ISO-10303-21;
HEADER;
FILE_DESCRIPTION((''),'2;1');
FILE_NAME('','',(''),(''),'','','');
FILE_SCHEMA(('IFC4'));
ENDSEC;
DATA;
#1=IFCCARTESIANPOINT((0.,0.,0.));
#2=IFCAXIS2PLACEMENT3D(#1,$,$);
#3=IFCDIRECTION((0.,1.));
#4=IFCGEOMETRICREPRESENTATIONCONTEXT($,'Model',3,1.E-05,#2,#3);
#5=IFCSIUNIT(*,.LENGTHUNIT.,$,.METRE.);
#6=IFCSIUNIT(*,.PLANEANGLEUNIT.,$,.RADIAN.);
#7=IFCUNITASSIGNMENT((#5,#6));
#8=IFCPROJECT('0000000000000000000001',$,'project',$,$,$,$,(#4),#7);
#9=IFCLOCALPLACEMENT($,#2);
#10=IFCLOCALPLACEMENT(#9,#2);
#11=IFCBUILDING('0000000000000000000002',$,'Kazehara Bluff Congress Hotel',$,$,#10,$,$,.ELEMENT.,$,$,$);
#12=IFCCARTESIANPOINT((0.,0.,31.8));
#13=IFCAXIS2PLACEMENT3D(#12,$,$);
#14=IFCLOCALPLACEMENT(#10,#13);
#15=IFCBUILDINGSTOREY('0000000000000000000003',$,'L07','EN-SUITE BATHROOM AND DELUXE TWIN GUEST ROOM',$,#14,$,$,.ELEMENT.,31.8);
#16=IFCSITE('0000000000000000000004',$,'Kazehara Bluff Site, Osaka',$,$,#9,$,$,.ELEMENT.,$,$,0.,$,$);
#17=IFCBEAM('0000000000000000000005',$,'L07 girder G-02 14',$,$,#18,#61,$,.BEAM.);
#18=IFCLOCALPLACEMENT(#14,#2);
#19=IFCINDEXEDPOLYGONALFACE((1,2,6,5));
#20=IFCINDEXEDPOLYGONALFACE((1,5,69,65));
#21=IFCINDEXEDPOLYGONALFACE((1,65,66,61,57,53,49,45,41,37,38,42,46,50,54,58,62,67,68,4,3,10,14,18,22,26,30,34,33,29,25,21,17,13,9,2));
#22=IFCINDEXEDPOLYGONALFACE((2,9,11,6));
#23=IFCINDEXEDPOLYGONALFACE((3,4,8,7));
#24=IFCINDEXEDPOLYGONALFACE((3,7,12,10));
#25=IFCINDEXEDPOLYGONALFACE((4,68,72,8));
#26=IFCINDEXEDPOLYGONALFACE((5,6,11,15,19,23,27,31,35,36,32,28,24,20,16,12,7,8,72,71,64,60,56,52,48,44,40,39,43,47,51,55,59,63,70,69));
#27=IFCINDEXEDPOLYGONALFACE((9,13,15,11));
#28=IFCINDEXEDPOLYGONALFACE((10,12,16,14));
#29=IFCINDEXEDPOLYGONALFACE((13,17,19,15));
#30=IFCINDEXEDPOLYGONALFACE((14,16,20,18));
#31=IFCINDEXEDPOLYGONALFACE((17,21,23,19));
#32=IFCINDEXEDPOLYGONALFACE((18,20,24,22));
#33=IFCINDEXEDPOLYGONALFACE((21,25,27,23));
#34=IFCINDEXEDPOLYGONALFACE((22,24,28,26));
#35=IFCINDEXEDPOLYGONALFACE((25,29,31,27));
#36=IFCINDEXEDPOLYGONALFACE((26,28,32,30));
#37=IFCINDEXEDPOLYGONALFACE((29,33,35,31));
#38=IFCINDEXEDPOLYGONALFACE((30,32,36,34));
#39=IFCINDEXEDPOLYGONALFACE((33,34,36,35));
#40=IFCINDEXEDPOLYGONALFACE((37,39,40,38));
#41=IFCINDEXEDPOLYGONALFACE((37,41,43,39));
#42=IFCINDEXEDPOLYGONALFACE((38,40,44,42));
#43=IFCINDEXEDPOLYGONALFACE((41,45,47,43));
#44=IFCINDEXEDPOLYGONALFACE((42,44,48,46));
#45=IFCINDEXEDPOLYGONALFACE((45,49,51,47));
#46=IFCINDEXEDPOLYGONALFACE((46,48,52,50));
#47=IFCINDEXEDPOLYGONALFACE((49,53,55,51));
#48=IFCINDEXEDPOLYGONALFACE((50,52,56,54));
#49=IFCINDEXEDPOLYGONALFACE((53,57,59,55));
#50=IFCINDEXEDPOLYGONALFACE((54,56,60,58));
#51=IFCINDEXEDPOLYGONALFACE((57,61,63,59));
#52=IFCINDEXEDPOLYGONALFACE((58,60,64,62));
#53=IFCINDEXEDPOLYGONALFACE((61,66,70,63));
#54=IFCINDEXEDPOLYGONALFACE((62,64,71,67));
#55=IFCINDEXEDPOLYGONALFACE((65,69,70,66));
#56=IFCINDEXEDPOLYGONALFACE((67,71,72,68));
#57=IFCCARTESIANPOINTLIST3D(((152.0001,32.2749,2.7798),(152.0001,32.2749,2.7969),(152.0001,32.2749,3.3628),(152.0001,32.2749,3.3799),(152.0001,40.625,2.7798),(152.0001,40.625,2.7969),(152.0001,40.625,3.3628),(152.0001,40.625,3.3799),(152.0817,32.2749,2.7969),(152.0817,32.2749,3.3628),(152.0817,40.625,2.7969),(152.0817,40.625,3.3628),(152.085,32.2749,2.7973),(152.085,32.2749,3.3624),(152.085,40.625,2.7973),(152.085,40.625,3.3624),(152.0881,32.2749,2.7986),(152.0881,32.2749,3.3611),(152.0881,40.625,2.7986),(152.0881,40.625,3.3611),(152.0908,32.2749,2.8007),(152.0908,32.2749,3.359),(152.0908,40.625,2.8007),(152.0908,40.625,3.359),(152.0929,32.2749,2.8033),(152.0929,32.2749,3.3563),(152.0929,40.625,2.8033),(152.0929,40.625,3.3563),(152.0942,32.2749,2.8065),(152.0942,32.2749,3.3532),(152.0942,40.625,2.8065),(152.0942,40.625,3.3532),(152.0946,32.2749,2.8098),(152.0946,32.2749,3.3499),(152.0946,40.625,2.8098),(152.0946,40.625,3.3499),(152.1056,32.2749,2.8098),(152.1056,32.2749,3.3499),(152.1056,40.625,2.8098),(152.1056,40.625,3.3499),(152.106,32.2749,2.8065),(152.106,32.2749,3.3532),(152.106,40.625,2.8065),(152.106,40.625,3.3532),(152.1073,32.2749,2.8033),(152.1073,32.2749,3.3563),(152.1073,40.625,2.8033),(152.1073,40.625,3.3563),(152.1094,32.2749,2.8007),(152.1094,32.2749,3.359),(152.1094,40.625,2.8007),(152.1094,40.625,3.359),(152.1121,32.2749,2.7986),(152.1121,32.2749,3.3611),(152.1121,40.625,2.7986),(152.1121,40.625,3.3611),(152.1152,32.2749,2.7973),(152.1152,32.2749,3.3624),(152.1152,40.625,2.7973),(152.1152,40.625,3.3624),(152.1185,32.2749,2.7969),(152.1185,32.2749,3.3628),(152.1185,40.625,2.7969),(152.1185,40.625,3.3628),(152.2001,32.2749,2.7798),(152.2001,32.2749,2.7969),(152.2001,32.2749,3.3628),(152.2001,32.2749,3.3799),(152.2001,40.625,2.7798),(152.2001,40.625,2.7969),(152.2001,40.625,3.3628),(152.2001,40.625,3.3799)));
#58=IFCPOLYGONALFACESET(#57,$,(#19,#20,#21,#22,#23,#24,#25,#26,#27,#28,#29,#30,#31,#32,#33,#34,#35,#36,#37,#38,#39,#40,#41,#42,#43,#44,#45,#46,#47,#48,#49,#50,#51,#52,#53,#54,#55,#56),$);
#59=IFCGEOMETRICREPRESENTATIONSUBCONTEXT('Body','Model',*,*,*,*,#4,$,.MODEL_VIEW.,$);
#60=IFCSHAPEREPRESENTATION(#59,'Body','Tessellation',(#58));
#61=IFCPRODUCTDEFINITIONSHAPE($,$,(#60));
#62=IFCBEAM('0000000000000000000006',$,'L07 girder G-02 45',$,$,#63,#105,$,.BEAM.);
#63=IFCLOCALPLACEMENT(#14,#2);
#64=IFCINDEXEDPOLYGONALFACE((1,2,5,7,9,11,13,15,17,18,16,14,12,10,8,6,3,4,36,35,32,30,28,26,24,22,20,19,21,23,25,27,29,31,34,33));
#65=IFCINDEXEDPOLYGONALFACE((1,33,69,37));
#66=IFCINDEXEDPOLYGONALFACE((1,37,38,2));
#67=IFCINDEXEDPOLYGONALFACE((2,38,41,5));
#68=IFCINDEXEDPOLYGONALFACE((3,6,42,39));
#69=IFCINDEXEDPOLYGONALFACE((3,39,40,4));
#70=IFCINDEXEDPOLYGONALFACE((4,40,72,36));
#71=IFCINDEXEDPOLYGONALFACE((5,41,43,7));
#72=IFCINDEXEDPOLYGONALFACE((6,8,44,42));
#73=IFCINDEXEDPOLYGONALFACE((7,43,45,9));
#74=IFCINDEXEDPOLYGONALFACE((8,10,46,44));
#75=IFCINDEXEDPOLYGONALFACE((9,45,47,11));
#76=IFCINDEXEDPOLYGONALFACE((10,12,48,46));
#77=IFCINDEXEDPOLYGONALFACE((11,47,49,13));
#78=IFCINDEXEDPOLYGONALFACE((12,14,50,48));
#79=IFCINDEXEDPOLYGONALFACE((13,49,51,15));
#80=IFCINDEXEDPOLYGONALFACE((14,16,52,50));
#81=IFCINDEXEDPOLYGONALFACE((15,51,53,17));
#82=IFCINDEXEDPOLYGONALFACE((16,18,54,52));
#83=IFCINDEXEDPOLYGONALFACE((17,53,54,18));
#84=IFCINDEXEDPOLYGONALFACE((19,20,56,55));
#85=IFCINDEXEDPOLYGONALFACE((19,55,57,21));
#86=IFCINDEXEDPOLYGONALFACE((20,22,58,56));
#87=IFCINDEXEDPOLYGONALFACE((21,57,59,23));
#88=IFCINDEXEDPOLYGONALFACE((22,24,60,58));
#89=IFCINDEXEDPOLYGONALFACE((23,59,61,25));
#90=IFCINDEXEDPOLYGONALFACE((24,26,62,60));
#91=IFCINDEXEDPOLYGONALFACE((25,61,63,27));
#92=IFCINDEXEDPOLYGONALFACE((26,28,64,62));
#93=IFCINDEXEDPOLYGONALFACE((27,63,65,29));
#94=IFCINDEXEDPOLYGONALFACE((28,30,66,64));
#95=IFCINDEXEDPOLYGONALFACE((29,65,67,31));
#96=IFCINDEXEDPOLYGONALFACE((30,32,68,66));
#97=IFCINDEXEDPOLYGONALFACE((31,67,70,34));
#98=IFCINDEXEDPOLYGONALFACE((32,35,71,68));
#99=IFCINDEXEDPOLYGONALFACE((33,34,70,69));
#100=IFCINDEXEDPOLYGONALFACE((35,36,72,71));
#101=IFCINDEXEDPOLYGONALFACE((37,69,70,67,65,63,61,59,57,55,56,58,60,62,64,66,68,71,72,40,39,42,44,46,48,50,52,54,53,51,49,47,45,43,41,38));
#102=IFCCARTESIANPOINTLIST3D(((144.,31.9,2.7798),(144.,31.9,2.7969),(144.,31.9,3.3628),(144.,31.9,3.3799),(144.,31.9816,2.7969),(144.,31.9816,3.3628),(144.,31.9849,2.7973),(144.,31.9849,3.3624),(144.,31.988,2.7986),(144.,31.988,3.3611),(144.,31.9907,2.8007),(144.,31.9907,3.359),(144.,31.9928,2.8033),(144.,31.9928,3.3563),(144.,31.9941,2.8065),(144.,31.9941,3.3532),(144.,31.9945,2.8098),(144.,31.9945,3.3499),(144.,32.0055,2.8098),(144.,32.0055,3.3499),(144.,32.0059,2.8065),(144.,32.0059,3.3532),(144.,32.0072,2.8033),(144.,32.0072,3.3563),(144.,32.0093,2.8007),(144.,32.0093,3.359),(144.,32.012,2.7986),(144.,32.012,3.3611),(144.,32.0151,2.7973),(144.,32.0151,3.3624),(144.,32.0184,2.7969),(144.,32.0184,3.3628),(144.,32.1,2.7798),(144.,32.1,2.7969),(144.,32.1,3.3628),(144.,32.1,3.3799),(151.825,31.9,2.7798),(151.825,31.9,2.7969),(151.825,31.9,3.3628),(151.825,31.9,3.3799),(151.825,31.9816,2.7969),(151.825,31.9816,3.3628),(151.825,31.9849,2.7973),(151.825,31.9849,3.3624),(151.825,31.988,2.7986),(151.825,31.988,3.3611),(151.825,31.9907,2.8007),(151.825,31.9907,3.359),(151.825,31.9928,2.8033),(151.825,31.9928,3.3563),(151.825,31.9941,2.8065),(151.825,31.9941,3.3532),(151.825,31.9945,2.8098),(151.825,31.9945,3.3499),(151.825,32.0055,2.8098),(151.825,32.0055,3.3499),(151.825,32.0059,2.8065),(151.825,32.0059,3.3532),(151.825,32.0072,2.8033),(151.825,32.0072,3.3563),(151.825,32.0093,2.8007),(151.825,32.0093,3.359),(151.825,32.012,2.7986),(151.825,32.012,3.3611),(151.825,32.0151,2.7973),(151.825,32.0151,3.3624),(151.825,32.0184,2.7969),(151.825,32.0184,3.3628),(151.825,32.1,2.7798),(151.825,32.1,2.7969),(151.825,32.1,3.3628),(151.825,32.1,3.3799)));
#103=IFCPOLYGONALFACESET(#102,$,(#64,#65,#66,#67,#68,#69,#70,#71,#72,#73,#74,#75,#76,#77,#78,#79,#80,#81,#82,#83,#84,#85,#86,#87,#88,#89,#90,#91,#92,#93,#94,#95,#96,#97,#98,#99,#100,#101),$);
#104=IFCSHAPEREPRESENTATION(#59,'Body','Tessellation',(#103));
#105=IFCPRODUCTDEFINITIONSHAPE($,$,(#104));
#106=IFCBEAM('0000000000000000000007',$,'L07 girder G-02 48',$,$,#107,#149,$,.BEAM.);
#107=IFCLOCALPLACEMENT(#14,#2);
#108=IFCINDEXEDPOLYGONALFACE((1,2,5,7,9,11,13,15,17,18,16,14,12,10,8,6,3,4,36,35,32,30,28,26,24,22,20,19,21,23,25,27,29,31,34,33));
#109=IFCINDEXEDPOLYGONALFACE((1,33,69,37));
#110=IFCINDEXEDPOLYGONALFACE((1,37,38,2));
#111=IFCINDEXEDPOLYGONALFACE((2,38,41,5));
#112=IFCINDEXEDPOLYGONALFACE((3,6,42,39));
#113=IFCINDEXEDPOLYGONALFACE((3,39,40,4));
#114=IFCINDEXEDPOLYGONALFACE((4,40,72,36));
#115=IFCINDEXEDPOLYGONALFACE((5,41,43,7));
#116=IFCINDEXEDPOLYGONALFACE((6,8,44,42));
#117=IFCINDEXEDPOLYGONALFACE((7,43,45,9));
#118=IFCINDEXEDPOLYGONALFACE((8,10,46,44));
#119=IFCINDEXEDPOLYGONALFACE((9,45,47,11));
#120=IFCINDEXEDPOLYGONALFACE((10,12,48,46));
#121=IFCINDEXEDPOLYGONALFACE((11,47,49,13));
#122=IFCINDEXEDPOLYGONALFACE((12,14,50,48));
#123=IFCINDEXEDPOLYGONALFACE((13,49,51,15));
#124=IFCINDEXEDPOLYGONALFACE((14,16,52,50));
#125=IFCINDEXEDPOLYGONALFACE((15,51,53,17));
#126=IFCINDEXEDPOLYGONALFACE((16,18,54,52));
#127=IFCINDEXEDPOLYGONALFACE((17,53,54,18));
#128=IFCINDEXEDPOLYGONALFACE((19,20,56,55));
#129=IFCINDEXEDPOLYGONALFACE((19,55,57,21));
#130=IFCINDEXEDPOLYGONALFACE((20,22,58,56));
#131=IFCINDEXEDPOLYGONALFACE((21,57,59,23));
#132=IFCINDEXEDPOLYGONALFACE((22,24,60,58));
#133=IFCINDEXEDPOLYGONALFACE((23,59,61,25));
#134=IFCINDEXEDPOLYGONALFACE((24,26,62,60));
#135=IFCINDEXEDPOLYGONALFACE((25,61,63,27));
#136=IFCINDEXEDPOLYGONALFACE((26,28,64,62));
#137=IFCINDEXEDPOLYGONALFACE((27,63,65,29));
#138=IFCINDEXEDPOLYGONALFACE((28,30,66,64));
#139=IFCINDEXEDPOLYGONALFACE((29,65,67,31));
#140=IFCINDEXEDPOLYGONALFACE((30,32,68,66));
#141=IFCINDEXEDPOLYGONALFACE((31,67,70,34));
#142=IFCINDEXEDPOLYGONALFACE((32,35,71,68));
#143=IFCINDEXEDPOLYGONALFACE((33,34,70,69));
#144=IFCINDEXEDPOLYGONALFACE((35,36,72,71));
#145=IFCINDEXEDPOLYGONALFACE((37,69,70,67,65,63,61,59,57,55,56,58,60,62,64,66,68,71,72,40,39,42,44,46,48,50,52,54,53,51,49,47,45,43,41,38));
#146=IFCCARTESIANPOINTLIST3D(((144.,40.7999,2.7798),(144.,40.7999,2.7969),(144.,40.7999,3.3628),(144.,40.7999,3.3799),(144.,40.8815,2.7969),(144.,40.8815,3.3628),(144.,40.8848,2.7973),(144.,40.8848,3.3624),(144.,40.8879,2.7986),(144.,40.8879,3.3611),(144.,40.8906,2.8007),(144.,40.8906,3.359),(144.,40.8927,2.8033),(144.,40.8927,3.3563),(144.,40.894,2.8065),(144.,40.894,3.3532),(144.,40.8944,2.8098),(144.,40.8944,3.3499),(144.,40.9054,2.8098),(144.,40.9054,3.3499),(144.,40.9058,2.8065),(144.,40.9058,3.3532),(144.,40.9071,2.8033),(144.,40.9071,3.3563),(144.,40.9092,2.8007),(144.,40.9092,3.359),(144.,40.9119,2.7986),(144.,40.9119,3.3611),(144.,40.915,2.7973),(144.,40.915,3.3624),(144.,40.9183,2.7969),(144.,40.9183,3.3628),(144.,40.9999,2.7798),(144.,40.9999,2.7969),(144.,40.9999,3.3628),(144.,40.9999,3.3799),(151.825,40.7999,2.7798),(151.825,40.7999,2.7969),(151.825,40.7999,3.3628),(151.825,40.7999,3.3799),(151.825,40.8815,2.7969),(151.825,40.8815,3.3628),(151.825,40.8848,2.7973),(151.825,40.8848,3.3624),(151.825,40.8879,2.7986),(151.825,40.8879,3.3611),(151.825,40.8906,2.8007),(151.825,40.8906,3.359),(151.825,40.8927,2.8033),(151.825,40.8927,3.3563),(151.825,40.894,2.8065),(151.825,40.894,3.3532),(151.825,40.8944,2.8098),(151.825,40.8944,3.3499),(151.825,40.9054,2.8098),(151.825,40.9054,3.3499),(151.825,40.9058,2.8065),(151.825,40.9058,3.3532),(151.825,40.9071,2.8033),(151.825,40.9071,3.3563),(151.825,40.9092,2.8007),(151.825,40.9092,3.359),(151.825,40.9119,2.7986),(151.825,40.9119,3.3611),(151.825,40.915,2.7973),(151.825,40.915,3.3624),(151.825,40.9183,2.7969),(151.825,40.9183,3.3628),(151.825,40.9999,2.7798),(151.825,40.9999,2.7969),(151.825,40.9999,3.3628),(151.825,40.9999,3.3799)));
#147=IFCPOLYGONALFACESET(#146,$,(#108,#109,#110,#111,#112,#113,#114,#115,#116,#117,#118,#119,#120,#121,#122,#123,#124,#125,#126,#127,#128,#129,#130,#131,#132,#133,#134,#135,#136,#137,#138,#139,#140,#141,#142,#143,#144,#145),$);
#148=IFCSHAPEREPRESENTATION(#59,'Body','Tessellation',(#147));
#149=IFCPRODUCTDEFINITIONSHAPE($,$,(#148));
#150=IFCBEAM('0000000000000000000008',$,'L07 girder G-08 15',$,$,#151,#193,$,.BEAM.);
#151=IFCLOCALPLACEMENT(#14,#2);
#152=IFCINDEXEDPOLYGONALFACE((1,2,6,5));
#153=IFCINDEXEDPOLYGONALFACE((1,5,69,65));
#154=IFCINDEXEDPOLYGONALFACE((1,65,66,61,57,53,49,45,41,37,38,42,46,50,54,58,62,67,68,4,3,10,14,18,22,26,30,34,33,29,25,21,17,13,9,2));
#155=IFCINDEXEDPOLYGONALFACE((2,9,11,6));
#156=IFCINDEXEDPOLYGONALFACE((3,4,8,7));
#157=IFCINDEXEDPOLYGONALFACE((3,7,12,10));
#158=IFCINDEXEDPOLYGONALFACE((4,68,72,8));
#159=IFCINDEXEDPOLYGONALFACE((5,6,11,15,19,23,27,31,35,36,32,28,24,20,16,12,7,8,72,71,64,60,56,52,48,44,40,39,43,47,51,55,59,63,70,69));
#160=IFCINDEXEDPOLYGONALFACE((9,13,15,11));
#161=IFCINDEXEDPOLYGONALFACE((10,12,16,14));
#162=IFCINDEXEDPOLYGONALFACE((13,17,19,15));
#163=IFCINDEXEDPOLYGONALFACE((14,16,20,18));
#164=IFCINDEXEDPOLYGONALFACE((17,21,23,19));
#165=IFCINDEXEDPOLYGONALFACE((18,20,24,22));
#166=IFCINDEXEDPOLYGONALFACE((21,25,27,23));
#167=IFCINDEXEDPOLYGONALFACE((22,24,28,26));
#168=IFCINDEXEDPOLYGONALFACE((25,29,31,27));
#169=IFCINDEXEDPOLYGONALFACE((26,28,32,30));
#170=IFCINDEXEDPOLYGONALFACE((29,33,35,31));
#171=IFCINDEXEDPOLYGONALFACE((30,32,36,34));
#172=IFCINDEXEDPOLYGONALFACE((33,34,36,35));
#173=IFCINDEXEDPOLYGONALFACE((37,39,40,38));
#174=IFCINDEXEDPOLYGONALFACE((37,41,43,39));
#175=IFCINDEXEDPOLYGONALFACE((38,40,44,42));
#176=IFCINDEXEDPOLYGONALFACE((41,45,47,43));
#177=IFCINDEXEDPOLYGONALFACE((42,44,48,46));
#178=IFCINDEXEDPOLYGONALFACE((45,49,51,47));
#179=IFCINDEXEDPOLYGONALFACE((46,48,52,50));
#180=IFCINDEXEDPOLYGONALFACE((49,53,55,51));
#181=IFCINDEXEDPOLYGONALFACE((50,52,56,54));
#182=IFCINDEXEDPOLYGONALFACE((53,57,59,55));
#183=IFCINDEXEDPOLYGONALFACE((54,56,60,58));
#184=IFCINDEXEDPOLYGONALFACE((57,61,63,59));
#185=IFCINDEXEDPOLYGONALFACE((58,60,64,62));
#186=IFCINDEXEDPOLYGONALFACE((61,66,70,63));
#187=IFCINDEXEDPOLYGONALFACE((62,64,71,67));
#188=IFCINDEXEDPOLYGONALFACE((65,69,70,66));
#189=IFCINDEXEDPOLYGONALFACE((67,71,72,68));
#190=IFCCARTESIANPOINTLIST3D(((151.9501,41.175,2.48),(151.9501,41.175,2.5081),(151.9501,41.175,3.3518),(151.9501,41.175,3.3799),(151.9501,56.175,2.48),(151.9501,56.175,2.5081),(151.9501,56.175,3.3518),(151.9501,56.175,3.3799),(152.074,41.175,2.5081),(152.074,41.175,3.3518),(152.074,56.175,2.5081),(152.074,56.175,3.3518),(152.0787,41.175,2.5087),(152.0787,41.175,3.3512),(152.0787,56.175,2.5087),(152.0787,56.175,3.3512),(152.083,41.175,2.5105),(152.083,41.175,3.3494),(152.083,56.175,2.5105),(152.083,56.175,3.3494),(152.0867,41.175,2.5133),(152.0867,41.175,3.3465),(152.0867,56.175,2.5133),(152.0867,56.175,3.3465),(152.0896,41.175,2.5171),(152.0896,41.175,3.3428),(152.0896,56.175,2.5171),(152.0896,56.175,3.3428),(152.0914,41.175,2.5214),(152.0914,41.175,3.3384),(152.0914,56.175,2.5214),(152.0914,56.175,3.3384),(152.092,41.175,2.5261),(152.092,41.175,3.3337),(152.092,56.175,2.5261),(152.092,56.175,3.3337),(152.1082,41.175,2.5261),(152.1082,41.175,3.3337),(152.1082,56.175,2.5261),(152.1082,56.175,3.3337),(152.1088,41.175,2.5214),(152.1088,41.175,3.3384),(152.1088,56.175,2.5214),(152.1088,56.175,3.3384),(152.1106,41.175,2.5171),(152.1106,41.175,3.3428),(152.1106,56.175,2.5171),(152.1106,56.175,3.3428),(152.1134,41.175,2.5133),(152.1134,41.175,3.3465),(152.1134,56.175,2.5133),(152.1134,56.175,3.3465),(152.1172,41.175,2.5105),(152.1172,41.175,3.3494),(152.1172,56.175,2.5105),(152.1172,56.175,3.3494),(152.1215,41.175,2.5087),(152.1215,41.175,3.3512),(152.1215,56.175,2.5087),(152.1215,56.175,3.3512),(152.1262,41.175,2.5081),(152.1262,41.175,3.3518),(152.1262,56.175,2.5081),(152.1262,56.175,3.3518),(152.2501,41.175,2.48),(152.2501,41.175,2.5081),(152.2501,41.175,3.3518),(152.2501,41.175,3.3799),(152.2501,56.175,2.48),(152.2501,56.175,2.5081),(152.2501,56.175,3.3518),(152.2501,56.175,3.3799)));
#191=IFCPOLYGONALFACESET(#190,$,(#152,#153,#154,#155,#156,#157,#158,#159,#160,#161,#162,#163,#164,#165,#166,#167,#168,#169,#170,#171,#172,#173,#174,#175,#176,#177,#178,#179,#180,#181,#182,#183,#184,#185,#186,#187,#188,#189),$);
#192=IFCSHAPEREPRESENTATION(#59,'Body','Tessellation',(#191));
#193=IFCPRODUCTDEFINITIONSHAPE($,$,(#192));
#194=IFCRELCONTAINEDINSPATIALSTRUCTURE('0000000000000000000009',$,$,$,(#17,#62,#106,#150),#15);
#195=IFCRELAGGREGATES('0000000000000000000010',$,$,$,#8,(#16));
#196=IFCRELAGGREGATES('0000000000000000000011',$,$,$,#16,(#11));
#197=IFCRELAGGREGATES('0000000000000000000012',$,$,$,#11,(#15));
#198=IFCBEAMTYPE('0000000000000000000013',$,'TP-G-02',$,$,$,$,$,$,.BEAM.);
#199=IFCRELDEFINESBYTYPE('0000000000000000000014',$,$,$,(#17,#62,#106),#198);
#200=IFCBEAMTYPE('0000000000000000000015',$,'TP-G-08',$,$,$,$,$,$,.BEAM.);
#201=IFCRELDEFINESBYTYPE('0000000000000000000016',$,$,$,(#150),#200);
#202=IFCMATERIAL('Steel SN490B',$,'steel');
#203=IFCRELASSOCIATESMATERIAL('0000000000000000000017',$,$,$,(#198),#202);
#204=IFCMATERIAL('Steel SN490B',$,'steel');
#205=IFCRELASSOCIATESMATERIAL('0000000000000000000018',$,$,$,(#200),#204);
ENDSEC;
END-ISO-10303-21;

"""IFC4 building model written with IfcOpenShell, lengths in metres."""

from ifc_helpers import new_model, si_unit, direction, frame, origin, origin_2d, place, context, subcontext, project, spatial, i_section, extrude, material, material_profile, profile_set, type_object, element, save


model = new_model("IFC4")

# Units and contexts
model_context = context("Model", 3, precision=1e-05, world=origin(), true_north=direction((0.0, 1.0)))
body_context = subcontext(model_context, "Body", "Model", "MODEL_VIEW")
ifc_project = project(units=[si_unit("LENGTHUNIT", "METRE"), si_unit("PLANEANGLEUNIT", "RADIAN")], contexts=[model_context])

# Site, building, storey
site_placement = place(None, origin())
site = spatial("IfcSite", under=ifc_project, at=site_placement, Name="Kazehara Bluff Site, Osaka", CompositionType="ELEMENT", RefElevation=0.0)
building_placement = place(site_placement, origin())
building = spatial("IfcBuilding", under=site, at=building_placement, Name="Kazehara Bluff Congress Hotel", CompositionType="ELEMENT")
storey_placement = place(building_placement, frame((0.0, 0.0, 31.8)))
storey = spatial("IfcBuildingStorey", under=building, at=storey_placement, Name="L07", Description="EN-SUITE BATHROOM AND DELUXE TWIN GUEST ROOM", CompositionType="ELEMENT", Elevation=31.8)

# Beams
ifc_material_1 = material(Name="Steel SN490B", Category="steel")
ifc_material_profile_1 = material_profile(ifc_material_1, i_section(OverallWidth=0.2, OverallDepth=0.6001, WebThickness=0.011, FlangeThickness=0.0171, FilletRadius=0.0129, at=origin_2d()))
ifc_profile_set_1 = profile_set([ifc_material_profile_1], Name="Steel SN490B")
beam_type_1 = type_object("IfcBeamType", Name="TP-G-02", PredefinedType="BEAM", material=ifc_profile_set_1)
beam_1_placement = place(storey_placement, frame((152.1001, 32.2749, 3.0798), z_axis=(0.0, 1.0, 0.0), x_axis=(-1.0, 0.0, 0.0)))
element("IfcBeam", 1, at=beam_1_placement, inside=storey, type_object=beam_type_1, Name="L07 girder G-02 14", PredefinedType="BEAM", context=body_context, shape_type="SweptSolid", body=[
    extrude(i_section(OverallWidth=0.2, OverallDepth=0.6001, WebThickness=0.011, FlangeThickness=0.0171, FilletRadius=0.0129, at=origin_2d()), origin(), (0.0, 0.0, 1.0), 8.3501),
])
for number, where, z_axis, x_axis, name in (
    (2, (144.0, 32.0, 3.0798), (1.0, 0.0, 0.0), (0.0, 1.0, 0.0), "L07 girder G-02 45"),
    (3, (144.0, 40.8999, 3.0798), (1.0, 0.0, 0.0), (0.0, 1.0, 0.0), "L07 girder G-02 48"),
):
    element("IfcBeam", number, at=place(storey_placement, frame(where, z_axis=z_axis, x_axis=x_axis)), inside=storey, type_object=beam_type_1, Name=name, PredefinedType="BEAM", context=body_context, shape_type="SweptSolid", body=[
        extrude(i_section(OverallWidth=0.2, OverallDepth=0.6001, WebThickness=0.011, FlangeThickness=0.0171, FilletRadius=0.0129, at=origin_2d()), origin(), (0.0, 0.0, 1.0), 7.825),
    ])
ifc_material_2 = material(Name="Steel SN490B", Category="steel")
ifc_material_profile_2 = material_profile(ifc_material_2, i_section(OverallWidth=0.3, OverallDepth=0.8999, WebThickness=0.0161, FlangeThickness=0.0281, FilletRadius=0.0181, at=origin_2d()))
ifc_profile_set_2 = profile_set([ifc_material_profile_2], Name="Steel SN490B")
beam_type_2 = type_object("IfcBeamType", Name="TP-G-08", PredefinedType="BEAM", material=ifc_profile_set_2)
beam_2_placement = place(storey_placement, frame((152.1001, 41.175, 2.9299), z_axis=(0.0, 1.0, 0.0), x_axis=(-1.0, 0.0, 0.0)))
element("IfcBeam", 4, at=beam_2_placement, inside=storey, type_object=beam_type_2, Name="L07 girder G-08 15", PredefinedType="BEAM", context=body_context, shape_type="SweptSolid", body=[
    extrude(i_section(OverallWidth=0.3, OverallDepth=0.8999, WebThickness=0.0161, FlangeThickness=0.0281, FilletRadius=0.0181, at=origin_2d()), origin(), (0.0, 0.0, 1.0), 15.0),
])

save(model, "model.ifc")
